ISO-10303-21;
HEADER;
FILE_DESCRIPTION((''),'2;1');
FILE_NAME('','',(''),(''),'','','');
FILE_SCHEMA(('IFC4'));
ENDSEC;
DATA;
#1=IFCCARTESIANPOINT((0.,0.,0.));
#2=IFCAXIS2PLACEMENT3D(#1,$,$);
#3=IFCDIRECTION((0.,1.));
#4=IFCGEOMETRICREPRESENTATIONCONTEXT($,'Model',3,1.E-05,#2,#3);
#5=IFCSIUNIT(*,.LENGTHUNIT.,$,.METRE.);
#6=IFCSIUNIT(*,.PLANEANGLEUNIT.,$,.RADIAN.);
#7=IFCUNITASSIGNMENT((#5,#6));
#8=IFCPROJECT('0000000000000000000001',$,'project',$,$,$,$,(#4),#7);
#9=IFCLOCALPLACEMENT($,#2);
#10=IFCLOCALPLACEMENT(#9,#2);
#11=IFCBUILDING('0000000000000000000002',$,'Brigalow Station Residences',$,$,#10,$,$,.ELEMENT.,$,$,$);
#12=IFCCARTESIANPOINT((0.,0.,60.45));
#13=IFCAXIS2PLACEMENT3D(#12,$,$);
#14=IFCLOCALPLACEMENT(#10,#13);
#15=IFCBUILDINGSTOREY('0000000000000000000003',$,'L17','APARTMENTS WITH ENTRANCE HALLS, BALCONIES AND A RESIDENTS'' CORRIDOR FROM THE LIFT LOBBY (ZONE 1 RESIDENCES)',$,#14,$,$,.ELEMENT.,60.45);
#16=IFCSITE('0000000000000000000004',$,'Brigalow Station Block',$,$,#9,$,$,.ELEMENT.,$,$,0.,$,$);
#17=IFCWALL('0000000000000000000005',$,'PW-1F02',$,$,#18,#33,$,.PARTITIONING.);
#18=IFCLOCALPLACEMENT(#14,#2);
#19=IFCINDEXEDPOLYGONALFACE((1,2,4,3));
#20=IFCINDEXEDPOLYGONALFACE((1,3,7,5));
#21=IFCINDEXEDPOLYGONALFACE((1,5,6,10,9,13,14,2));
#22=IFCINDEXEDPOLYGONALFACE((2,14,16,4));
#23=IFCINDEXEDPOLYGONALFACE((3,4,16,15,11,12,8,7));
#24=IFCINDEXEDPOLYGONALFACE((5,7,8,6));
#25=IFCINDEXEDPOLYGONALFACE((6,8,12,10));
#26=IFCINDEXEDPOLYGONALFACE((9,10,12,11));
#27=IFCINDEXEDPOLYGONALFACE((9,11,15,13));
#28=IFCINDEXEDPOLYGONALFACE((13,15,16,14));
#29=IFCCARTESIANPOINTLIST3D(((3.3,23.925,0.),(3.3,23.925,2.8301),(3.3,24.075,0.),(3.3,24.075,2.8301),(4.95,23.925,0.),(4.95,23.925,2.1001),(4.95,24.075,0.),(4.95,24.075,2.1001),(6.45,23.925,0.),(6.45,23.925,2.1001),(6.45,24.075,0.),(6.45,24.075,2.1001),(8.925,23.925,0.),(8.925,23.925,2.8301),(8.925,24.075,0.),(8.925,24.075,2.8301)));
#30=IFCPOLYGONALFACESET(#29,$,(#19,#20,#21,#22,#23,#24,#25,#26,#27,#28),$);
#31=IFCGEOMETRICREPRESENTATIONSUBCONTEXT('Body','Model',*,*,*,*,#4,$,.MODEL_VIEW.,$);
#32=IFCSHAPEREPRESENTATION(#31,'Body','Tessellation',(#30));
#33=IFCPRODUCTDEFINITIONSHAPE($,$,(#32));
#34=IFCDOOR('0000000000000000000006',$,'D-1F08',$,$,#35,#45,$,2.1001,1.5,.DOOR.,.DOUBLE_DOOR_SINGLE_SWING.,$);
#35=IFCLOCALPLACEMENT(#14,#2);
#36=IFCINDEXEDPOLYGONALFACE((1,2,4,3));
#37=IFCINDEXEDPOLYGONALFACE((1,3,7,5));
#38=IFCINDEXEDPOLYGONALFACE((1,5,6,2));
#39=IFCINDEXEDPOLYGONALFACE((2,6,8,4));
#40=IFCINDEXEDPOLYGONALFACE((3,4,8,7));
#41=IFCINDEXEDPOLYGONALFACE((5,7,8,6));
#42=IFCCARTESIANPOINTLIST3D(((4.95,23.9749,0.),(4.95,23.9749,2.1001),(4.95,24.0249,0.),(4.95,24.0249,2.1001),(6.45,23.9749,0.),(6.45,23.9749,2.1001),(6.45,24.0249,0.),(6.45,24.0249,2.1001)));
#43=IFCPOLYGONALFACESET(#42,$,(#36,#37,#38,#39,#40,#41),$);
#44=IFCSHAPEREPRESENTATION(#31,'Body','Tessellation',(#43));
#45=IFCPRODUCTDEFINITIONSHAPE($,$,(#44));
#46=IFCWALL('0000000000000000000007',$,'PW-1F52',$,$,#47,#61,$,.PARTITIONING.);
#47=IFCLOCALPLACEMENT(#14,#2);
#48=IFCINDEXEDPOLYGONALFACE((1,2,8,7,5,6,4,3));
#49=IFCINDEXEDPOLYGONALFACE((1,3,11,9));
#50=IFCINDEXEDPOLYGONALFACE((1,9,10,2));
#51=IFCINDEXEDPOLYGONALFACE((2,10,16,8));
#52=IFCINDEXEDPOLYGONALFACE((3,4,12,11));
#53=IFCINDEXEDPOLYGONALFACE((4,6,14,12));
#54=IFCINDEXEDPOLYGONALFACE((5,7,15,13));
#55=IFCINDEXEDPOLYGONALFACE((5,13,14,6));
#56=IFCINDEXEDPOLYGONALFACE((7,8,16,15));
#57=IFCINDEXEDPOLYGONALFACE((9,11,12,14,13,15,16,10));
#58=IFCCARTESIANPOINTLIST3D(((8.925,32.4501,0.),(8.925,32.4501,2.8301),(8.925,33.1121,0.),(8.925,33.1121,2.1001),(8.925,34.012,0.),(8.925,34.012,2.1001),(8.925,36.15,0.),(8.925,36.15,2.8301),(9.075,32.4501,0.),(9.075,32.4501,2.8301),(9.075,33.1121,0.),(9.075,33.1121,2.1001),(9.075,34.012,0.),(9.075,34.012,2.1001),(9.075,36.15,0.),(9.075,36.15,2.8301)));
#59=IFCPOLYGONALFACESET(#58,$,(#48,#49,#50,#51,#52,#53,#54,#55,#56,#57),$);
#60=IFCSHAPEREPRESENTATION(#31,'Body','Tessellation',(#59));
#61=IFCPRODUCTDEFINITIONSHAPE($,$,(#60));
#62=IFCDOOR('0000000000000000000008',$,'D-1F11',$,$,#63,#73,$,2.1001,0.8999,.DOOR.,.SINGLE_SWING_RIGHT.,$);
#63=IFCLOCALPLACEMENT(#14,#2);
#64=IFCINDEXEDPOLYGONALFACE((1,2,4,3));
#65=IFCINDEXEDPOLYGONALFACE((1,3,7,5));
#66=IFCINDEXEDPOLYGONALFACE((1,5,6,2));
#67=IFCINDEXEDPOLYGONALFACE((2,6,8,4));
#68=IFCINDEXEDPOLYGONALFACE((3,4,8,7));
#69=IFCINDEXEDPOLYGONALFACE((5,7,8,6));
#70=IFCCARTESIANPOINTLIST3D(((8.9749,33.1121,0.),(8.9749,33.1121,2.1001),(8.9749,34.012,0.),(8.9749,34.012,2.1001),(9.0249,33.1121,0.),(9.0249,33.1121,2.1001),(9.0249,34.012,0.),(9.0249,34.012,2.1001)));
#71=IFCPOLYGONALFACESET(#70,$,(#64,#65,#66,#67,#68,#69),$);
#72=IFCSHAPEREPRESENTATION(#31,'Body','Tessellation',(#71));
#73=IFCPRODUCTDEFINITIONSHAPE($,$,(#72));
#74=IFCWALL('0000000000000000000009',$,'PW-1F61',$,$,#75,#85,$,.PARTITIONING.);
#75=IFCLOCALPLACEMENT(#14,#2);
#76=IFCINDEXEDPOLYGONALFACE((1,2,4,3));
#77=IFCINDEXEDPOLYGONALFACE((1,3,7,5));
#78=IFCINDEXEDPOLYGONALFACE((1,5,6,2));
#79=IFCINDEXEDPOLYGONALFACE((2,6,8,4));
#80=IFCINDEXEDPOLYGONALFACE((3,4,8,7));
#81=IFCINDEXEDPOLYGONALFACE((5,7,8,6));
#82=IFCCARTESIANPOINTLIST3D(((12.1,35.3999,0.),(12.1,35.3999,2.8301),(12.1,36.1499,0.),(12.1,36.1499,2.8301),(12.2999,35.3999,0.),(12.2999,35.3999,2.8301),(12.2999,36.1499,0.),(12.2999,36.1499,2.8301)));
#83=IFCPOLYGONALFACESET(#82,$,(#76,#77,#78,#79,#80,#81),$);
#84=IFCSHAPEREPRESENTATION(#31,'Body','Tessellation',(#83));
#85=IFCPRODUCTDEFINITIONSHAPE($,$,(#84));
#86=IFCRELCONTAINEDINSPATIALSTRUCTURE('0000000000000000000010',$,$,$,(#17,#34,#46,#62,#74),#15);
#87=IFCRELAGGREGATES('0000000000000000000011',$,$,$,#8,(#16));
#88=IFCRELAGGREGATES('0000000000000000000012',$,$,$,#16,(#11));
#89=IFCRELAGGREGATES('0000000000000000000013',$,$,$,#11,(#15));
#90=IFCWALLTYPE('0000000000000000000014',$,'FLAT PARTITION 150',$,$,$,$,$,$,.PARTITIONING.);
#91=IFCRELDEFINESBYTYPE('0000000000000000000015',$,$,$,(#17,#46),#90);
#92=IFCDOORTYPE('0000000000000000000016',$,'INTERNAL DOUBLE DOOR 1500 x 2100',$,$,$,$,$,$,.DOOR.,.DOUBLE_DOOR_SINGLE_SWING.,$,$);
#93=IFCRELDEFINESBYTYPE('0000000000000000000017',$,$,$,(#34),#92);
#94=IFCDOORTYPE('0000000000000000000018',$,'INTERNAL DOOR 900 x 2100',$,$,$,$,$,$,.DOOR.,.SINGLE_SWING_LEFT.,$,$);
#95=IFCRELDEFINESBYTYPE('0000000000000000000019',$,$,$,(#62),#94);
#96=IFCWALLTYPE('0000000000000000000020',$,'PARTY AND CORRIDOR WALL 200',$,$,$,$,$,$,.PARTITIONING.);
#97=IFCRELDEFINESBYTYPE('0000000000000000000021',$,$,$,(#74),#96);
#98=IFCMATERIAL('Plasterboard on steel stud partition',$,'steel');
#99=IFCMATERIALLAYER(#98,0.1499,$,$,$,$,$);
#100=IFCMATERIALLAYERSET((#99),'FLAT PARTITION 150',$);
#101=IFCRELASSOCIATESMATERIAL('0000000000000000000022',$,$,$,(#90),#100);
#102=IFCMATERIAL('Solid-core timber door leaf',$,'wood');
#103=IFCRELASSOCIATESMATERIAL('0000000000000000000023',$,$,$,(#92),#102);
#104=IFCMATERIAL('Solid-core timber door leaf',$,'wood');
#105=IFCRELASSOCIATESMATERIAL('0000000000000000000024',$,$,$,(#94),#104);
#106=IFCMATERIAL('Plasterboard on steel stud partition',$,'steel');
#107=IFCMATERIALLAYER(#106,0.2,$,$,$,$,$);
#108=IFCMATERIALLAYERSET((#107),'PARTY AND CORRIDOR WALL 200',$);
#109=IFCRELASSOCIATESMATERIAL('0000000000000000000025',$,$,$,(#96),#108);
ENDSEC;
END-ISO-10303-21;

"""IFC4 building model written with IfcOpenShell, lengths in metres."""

from ifc_helpers import new_model, si_unit, direction, frame, frame_2d, origin, place, context, subcontext, project, spatial, rectangle, extrude, material, layer, layer_set, type_object, element, fill, save


model = new_model("IFC4")

# Units and contexts
model_context = context("Model", 3, precision=1e-05, world=origin(), true_north=direction((0.0, 1.0)))
body_context = subcontext(model_context, "Body", "Model", "MODEL_VIEW")
ifc_project = project(units=[si_unit("LENGTHUNIT", "METRE"), si_unit("PLANEANGLEUNIT", "RADIAN")], contexts=[model_context])

# Site, building, storey
site_placement = place(None, origin())
site = spatial("IfcSite", under=ifc_project, at=site_placement, Name="Brigalow Station Block", CompositionType="ELEMENT", RefElevation=0.0)
building_placement = place(site_placement, origin())
building = spatial("IfcBuilding", under=site, at=building_placement, Name="Brigalow Station Residences", CompositionType="ELEMENT")
storey_placement = place(building_placement, frame((0.0, 0.0, 60.45)))
storey = spatial("IfcBuildingStorey", under=building, at=storey_placement, Name="L17", Description="APARTMENTS WITH ENTRANCE HALLS, BALCONIES AND A RESIDENTS' CORRIDOR FROM THE LIFT LOBBY (ZONE 1 RESIDENCES)", CompositionType="ELEMENT", Elevation=60.45)

# Walls, openings, doors
ifc_material_1 = material(Name="Plasterboard on steel stud partition", Category="steel")
ifc_layer_1 = layer(ifc_material_1, 0.1499)
ifc_layer_set_1 = layer_set([ifc_layer_1], Name="FLAT PARTITION 150")
wall_type_1 = type_object("IfcWallType", Name="FLAT PARTITION 150", PredefinedType="PARTITIONING", material=ifc_layer_set_1)
wall_1_placement = place(storey_placement, frame((3.3, 24.0, 0.0), z_axis=(0.0, 0.0, 1.0), x_axis=(1.0, 0.0, 0.0)))
wall_1 = element("IfcWall", 1, at=wall_1_placement, inside=storey, type_object=wall_type_1, Name="PW-1F02", PredefinedType="PARTITIONING", context=body_context, shape_type="SweptSolid", body=[
    extrude(rectangle(XDim=5.625, YDim=0.1499, at=frame_2d((2.8125, 0.0))), origin(), (0.0, 0.0, 1.0), 2.8301),
])
opening_1_placement = place(wall_1_placement, frame((1.6499, 0.0, 0.0)))
opening_1 = element("IfcOpeningElement", 2, at=opening_1_placement, cuts=wall_1, PredefinedType="OPENING", context=body_context, shape_type="SweptSolid", body=[
    extrude(rectangle(XDim=1.5, YDim=2.1001, at=frame_2d((0.75, 1.05))), frame((0.0, 0.085, 0.0), z_axis=(0.0, -1.0, 0.0), x_axis=(1.0, 0.0, 0.0)), (0.0, 0.0, 1.0), 0.1699),
])
ifc_material_2 = material(Name="Solid-core timber door leaf", Category="wood")
door_type_1 = type_object("IfcDoorType", Name="INTERNAL DOUBLE DOOR 1500 x 2100", OperationType="DOUBLE_DOOR_SINGLE_SWING", PredefinedType="DOOR", material=ifc_material_2)
door_1_placement = place(opening_1_placement, origin())
door_1 = element("IfcDoor", 3, at=door_1_placement, inside=storey, type_object=door_type_1, Name="D-1F08", OperationType="DOUBLE_DOOR_SINGLE_SWING", OverallHeight=2.1001, OverallWidth=1.5, PredefinedType="DOOR", context=body_context, shape_type="SweptSolid", body=[
    extrude(rectangle(XDim=1.5, YDim=2.1001, at=frame_2d((0.75, 1.05))), frame((0.0, 0.0249, 0.0), z_axis=(0.0, -1.0, 0.0), x_axis=(1.0, 0.0, 0.0)), (0.0, 0.0, 1.0), 0.05),
])
fill(opening_1, door_1)
wall_2_placement = place(storey_placement, frame((9.0, 32.45, 0.0), z_axis=(0.0, 0.0, 1.0), x_axis=(0.0, 1.0, 0.0)))
wall_2 = element("IfcWall", 4, at=wall_2_placement, inside=storey, type_object=wall_type_1, Name="PW-1F52", PredefinedType="PARTITIONING", context=body_context, shape_type="SweptSolid", body=[
    extrude(rectangle(XDim=3.7, YDim=0.1499, at=frame_2d((1.8501, 0.0))), origin(), (0.0, 0.0, 1.0), 2.8301),
])
opening_2_placement = place(wall_2_placement, frame((0.6621, 0.0, 0.0)))
opening_2 = element("IfcOpeningElement", 5, at=opening_2_placement, cuts=wall_2, PredefinedType="OPENING", context=body_context, shape_type="SweptSolid", body=[
    extrude(rectangle(XDim=0.8999, YDim=2.1001, at=frame_2d((0.45, 1.05))), frame((0.0, 0.085, 0.0), z_axis=(0.0, -1.0, 0.0), x_axis=(1.0, 0.0, 0.0)), (0.0, 0.0, 1.0), 0.1699),
])
ifc_material_3 = material(Name="Solid-core timber door leaf", Category="wood")
door_type_2 = type_object("IfcDoorType", Name="INTERNAL DOOR 900 x 2100", OperationType="SINGLE_SWING_LEFT", PredefinedType="DOOR", material=ifc_material_3)
door_2_placement = place(opening_2_placement, frame((0.8999, 0.0, 0.0), z_axis=(0.0, 0.0, 1.0), x_axis=(-1.0, 0.0, 0.0)))
door_2 = element("IfcDoor", 6, at=door_2_placement, inside=storey, type_object=door_type_2, Name="D-1F11", OperationType="SINGLE_SWING_RIGHT", OverallHeight=2.1001, OverallWidth=0.8999, PredefinedType="DOOR", context=body_context, shape_type="SweptSolid", body=[
    extrude(rectangle(XDim=0.8999, YDim=2.1001, at=frame_2d((0.45, 1.05))), frame((0.0, 0.0249, 0.0), z_axis=(0.0, -1.0, 0.0), x_axis=(1.0, 0.0, 0.0)), (0.0, 0.0, 1.0), 0.05),
])
fill(opening_2, door_2)

# Wall
ifc_material_4 = material(Name="Plasterboard on steel stud partition", Category="steel")
ifc_layer_2 = layer(ifc_material_4, 0.2)
ifc_layer_set_2 = layer_set([ifc_layer_2], Name="PARTY AND CORRIDOR WALL 200")
wall_type_2 = type_object("IfcWallType", Name="PARTY AND CORRIDOR WALL 200", PredefinedType="PARTITIONING", material=ifc_layer_set_2)
wall_3_placement = place(storey_placement, frame((12.2, 35.3999, 0.0), z_axis=(0.0, 0.0, 1.0), x_axis=(0.0, 1.0, 0.0)))
element("IfcWall", 7, at=wall_3_placement, inside=storey, type_object=wall_type_2, Name="PW-1F61", PredefinedType="PARTITIONING", context=body_context, shape_type="SweptSolid", body=[
    extrude(rectangle(XDim=0.75, YDim=0.2, at=frame_2d((0.375, 0.0))), origin(), (0.0, 0.0, 1.0), 2.8301),
])

save(model, "model.ifc")
